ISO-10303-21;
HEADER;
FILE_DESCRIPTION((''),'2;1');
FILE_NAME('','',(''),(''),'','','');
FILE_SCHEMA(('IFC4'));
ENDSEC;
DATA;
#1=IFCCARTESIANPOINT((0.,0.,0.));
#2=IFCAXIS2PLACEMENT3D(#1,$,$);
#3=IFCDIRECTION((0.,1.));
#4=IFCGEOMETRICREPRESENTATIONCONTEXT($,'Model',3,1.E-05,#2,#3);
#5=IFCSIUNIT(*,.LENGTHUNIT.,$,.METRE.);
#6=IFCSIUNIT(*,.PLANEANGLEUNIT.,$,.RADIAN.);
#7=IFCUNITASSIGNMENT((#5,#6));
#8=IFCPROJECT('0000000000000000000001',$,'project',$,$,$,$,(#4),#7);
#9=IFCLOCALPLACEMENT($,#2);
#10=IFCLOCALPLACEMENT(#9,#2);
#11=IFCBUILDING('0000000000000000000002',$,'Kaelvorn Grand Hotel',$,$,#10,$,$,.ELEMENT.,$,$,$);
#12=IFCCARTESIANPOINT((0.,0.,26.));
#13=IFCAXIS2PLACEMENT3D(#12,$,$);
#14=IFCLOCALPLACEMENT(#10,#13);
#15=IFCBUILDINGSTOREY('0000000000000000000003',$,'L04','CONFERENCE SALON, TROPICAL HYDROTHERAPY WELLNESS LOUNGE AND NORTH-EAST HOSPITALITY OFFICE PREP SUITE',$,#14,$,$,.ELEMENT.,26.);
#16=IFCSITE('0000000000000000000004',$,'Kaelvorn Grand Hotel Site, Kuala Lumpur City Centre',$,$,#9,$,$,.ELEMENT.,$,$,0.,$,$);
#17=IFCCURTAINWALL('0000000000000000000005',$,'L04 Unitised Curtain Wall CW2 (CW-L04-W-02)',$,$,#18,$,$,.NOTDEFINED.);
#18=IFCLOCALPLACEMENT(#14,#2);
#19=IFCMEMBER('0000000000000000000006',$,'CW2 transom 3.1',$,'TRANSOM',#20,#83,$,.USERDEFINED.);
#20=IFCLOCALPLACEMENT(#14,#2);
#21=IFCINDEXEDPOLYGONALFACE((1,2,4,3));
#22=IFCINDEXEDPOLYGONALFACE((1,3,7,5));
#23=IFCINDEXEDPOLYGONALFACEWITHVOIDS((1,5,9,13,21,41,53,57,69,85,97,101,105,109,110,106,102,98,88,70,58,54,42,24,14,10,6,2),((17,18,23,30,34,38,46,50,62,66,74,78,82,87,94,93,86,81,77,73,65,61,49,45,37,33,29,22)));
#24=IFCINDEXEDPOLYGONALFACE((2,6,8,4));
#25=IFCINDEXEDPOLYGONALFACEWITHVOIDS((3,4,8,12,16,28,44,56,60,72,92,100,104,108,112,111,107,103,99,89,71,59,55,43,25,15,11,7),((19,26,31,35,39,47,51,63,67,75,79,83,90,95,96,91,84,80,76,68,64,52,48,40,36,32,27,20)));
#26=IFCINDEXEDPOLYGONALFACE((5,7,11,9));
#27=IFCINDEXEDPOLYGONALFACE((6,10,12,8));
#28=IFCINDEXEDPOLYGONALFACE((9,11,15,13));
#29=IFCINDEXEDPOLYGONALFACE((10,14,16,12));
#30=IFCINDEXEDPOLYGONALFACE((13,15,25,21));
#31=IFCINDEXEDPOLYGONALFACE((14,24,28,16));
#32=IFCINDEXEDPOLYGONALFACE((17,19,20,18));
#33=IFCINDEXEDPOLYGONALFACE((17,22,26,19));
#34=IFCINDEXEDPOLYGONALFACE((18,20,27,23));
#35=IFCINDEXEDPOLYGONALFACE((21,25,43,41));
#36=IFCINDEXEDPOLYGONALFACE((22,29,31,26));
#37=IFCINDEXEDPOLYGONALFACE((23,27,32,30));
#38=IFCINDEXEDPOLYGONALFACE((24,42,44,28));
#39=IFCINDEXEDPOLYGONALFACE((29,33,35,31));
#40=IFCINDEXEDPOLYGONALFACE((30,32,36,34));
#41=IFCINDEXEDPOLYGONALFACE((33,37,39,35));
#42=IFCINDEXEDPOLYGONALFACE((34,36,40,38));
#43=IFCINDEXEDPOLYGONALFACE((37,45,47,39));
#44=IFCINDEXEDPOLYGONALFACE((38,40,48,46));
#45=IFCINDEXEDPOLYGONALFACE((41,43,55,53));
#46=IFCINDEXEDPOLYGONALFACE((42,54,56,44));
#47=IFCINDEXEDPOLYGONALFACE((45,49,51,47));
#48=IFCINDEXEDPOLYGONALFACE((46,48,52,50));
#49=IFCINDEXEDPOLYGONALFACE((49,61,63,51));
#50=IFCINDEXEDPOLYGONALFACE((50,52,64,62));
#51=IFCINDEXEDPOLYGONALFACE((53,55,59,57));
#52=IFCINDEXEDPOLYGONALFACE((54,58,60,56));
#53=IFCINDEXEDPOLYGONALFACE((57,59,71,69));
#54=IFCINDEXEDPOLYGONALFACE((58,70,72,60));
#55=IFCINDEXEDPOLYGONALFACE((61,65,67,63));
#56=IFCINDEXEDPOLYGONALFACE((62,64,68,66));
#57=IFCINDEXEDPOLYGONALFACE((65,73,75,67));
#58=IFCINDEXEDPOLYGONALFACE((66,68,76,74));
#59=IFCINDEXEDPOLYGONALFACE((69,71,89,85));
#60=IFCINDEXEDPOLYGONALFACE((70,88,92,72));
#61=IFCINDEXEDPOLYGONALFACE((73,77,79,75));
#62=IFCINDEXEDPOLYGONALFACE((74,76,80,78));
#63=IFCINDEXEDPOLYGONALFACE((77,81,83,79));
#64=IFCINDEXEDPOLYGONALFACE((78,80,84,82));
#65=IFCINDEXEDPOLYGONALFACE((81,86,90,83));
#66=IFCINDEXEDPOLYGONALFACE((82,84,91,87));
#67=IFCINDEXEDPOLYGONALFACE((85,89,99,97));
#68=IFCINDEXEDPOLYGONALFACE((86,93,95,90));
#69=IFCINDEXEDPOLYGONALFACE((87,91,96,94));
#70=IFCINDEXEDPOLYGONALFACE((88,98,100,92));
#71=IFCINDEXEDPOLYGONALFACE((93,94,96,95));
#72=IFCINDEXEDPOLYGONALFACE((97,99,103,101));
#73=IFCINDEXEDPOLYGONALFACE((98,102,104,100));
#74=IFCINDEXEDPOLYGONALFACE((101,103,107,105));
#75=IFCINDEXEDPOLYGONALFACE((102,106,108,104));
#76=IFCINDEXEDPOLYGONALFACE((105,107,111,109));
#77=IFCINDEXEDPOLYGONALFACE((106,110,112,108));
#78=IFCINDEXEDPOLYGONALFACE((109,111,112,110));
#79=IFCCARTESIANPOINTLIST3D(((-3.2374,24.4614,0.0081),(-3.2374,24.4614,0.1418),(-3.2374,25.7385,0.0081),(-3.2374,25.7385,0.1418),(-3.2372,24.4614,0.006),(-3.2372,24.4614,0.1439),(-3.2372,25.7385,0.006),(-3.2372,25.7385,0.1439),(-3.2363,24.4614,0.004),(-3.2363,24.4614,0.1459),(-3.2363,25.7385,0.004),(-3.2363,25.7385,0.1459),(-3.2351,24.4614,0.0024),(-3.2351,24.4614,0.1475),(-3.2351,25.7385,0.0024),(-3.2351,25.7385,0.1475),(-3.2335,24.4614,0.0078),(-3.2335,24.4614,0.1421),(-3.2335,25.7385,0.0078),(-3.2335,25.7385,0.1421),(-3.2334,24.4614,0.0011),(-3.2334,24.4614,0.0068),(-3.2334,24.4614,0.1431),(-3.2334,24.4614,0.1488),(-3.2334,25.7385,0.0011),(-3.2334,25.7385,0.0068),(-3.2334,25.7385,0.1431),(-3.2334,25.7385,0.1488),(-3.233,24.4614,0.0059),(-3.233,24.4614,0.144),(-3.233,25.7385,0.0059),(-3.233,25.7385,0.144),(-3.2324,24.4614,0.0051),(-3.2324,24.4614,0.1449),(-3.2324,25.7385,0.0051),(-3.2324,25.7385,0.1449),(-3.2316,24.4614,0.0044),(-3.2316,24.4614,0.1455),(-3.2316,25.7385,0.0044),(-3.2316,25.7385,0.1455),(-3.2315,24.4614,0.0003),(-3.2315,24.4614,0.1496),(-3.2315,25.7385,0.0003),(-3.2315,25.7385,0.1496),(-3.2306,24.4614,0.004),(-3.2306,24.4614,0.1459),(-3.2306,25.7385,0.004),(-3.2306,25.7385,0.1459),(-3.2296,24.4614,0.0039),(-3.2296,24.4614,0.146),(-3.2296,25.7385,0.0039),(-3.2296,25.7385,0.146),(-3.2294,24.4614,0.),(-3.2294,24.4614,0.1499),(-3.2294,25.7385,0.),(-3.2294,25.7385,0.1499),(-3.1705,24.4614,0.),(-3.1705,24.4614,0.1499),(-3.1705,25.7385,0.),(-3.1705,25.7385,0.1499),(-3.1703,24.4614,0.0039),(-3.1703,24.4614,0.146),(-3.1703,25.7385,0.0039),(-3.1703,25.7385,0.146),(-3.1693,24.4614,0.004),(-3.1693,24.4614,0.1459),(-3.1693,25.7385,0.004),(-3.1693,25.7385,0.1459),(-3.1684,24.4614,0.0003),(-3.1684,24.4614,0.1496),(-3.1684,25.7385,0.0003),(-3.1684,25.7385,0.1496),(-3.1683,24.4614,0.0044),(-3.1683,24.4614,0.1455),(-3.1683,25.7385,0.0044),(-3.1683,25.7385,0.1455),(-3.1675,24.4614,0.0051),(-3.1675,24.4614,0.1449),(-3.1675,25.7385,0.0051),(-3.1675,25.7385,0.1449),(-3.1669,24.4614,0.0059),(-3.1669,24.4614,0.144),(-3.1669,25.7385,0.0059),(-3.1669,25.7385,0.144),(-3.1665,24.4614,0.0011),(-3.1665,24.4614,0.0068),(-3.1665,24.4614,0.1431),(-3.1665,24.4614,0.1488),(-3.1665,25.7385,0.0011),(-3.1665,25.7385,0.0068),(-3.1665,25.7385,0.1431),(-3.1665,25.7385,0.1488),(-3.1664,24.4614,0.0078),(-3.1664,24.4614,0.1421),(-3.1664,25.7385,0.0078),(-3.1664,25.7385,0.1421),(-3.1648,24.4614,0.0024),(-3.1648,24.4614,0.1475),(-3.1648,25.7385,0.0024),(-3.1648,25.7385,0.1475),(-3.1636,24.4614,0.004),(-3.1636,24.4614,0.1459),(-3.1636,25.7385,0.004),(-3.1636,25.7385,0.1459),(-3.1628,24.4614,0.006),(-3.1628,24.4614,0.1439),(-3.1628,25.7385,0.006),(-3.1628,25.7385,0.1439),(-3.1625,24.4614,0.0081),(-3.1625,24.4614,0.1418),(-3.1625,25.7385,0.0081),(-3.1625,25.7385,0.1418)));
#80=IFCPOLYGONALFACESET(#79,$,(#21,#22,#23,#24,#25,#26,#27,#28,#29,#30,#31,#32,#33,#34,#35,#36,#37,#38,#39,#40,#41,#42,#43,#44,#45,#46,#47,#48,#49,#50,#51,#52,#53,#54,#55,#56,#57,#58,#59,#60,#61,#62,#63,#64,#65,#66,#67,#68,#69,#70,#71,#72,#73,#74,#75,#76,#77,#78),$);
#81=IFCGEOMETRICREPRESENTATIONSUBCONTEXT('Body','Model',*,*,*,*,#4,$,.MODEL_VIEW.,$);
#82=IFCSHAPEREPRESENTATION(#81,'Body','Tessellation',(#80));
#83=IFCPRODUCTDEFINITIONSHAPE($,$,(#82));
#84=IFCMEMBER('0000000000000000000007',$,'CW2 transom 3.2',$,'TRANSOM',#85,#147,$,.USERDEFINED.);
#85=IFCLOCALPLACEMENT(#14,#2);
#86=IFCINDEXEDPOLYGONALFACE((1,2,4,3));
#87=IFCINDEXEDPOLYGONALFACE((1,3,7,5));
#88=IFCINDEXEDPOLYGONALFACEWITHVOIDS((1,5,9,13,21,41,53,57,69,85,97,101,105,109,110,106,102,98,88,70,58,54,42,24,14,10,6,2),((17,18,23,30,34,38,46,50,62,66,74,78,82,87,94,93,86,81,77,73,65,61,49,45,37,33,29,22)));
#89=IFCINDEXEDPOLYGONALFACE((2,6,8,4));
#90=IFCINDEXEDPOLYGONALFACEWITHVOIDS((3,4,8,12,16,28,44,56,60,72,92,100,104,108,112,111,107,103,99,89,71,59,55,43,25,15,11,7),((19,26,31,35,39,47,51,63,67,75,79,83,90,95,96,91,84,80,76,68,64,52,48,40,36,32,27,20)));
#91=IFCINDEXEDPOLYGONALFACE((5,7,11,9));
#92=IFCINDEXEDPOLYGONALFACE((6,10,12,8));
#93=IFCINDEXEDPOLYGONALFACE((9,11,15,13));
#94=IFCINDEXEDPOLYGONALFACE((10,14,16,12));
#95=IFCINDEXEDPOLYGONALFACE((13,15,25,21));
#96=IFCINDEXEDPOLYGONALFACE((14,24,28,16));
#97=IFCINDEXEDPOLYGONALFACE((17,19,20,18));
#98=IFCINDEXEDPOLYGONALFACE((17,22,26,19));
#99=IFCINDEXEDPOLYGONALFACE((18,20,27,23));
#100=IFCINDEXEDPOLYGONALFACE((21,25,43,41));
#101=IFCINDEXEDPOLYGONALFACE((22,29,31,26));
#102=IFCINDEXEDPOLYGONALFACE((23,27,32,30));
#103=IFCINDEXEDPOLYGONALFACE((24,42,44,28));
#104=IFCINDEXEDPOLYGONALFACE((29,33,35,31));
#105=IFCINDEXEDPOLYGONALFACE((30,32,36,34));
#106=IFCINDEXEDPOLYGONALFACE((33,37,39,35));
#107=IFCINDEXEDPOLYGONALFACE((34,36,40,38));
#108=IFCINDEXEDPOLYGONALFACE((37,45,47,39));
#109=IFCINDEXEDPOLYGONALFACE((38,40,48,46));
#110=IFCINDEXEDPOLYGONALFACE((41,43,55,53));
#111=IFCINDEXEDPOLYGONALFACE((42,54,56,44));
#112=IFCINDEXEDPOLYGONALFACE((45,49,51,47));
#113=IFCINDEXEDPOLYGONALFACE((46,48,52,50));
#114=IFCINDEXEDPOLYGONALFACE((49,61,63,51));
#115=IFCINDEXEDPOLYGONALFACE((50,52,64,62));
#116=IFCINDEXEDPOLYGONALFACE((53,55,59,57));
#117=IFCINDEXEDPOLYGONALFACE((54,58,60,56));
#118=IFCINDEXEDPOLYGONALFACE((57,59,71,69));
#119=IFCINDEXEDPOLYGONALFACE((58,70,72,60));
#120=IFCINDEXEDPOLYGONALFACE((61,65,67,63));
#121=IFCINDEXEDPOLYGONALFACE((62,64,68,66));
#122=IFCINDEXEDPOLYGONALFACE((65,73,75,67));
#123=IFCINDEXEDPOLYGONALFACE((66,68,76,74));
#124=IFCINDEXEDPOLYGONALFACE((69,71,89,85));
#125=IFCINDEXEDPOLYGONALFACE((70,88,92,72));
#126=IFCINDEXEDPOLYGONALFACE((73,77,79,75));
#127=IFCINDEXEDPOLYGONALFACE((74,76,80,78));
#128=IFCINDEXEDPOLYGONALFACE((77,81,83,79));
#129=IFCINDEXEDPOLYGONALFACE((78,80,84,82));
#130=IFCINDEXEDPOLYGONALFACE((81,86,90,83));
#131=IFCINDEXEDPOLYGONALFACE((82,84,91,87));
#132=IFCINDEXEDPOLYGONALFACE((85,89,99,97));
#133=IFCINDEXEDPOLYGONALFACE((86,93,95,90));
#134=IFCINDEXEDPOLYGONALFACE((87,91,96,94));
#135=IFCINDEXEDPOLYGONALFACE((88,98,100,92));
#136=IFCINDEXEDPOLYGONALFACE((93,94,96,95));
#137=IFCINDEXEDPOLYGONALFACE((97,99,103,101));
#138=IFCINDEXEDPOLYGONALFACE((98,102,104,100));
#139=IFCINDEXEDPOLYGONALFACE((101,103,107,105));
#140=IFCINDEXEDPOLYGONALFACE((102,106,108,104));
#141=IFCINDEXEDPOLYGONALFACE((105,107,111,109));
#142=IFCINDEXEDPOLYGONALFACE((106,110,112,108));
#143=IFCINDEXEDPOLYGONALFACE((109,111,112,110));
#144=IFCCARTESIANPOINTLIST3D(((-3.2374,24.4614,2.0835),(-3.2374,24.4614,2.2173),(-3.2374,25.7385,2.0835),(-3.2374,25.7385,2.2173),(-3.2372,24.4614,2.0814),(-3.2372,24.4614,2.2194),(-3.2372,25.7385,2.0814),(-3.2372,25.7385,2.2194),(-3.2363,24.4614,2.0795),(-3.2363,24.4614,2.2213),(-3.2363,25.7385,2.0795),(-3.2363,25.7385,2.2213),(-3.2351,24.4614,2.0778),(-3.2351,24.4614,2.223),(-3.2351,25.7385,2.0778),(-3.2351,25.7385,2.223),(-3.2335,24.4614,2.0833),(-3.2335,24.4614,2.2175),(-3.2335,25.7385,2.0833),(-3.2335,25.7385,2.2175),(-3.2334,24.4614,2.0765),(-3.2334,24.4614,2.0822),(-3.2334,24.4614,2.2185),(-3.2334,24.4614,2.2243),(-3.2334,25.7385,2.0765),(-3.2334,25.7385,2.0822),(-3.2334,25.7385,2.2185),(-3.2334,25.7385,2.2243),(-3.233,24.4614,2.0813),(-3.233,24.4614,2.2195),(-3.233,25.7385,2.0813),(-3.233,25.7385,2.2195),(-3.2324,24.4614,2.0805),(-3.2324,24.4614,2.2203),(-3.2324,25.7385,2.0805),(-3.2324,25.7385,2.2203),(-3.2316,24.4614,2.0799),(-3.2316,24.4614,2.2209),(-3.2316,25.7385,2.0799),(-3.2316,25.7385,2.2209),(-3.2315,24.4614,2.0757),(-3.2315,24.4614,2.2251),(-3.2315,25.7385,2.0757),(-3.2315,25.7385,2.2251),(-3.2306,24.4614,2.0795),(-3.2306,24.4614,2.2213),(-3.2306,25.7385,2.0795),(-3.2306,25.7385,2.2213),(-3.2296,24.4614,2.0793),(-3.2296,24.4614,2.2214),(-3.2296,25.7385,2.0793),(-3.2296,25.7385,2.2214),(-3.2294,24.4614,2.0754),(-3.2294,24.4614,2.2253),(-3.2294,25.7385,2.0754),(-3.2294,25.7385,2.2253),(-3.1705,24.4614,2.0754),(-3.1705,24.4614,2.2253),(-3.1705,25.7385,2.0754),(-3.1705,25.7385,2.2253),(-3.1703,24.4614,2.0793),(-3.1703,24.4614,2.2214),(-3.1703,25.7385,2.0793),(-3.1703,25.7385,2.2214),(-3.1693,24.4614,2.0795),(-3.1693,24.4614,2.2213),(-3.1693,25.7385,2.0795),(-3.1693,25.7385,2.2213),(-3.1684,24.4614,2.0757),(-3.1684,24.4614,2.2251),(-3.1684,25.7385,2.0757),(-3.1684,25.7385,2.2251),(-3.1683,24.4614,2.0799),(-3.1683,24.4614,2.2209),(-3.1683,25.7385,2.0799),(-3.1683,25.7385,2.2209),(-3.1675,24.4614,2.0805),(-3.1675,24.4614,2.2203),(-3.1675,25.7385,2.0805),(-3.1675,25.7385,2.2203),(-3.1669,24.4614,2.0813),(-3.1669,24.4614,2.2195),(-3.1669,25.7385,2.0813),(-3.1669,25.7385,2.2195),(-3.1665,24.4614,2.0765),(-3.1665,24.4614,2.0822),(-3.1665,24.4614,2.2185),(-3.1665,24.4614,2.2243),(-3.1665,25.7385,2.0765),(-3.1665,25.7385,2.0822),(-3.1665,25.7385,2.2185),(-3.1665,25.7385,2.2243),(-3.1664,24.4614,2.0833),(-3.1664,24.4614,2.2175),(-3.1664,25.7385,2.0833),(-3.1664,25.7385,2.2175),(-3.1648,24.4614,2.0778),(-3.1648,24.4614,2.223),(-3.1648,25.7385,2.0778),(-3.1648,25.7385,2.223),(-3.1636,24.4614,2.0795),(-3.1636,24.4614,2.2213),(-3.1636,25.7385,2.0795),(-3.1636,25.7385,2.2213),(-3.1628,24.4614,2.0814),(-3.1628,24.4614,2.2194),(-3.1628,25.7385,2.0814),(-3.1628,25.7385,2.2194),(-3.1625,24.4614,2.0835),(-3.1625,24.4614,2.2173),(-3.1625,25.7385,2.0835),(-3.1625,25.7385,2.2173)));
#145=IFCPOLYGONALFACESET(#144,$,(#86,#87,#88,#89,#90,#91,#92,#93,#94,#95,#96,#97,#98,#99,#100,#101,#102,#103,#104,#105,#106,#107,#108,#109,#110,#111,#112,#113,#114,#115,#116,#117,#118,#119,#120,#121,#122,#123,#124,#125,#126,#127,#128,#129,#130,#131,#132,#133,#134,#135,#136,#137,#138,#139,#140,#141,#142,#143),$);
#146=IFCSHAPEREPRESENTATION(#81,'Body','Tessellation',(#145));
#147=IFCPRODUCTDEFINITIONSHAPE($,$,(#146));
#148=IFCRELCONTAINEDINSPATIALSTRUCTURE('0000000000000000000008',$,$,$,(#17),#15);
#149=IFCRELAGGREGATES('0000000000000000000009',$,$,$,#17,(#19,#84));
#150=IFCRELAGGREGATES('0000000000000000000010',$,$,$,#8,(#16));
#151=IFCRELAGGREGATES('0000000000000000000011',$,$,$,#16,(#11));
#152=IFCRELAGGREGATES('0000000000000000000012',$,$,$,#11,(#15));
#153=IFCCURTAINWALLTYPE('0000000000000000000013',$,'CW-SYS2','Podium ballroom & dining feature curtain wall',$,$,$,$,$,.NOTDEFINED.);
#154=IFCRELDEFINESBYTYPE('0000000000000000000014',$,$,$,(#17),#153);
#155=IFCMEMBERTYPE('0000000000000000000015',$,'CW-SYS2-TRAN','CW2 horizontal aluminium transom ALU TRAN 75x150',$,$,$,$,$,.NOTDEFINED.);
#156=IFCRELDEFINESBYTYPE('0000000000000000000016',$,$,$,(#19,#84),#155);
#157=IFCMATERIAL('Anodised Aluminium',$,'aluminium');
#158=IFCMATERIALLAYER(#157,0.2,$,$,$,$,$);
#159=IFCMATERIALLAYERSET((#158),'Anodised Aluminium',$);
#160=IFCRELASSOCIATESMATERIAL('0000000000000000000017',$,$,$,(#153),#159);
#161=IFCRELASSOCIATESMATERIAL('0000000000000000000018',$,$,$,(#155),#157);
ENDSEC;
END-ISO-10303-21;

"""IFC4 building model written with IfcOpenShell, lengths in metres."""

from ifc_helpers import new_model, si_unit, direction, frame, origin, origin_2d, place, context, subcontext, project, spatial, hollow_rectangle, extrude, material, layer, layer_set, material_profile, profile_set, type_object, element, aggregate, save


model = new_model("IFC4")

# Units and contexts
model_context = context("Model", 3, precision=1e-05, world=origin(), true_north=direction((0.0, 1.0)))
body_context = subcontext(model_context, "Body", "Model", "MODEL_VIEW")
ifc_project = project(units=[si_unit("LENGTHUNIT", "METRE"), si_unit("PLANEANGLEUNIT", "RADIAN")], contexts=[model_context])

# Site, building, storey
site_placement = place(None, origin())
site = spatial("IfcSite", under=ifc_project, at=site_placement, Name="Kaelvorn Grand Hotel Site, Kuala Lumpur City Centre", CompositionType="ELEMENT", RefElevation=0.0)
building_placement = place(site_placement, origin())
building = spatial("IfcBuilding", under=site, at=building_placement, Name="Kaelvorn Grand Hotel", CompositionType="ELEMENT")
storey_placement = place(building_placement, frame((0.0, 0.0, 26.0)))
storey = spatial("IfcBuildingStorey", under=building, at=storey_placement, Name="L04", Description="CONFERENCE SALON, TROPICAL HYDROTHERAPY WELLNESS LOUNGE AND NORTH-EAST HOSPITALITY OFFICE PREP SUITE", CompositionType="ELEMENT", Elevation=26.0)

# Curtain wall
ifc_material_1 = material(Name="Anodised Aluminium", Category="aluminium")
ifc_layer_1 = layer(ifc_material_1, 0.2)
ifc_layer_set_1 = layer_set([ifc_layer_1], Name="Anodised Aluminium")
curtain_wall_type = type_object("IfcCurtainWallType", Name="CW-SYS2", Description="Podium ballroom & dining feature curtain wall", PredefinedType="NOTDEFINED", material=ifc_layer_set_1)
curtain_wall_1_placement = place(storey_placement, origin())
curtain_wall_1 = element("IfcCurtainWall", 1, at=curtain_wall_1_placement, inside=storey, type_object=curtain_wall_type, Name="L04 Unitised Curtain Wall CW2 (CW-L04-W-02)", PredefinedType="NOTDEFINED")

# Members
ifc_material_profile_1 = material_profile(ifc_material_1, hollow_rectangle(XDim=0.075, YDim=0.1499, WallThickness=0.0039, InnerFilletRadius=0.0039, OuterFilletRadius=0.0081, at=origin_2d()), Name="ALU TRAN 75x150")
ifc_profile_set_1 = profile_set([ifc_material_profile_1], Name="Anodised Aluminium")
member_type_1 = type_object("IfcMemberType", Name="CW-SYS2-TRAN", Description="CW2 horizontal aluminium transom ALU TRAN 75x150", PredefinedType="NOTDEFINED", material=ifc_profile_set_1)
member_1_placement = place(storey_placement, frame((-3.2, 25.7385, 0.075), z_axis=(0.0, -1.0, 0.0), x_axis=(1.0, 0.0, 0.0)))
member_1 = element("IfcMember", 2, at=member_1_placement, type_object=member_type_1, Name="CW2 transom 3.1", ObjectType="TRANSOM", PredefinedType="USERDEFINED", context=body_context, shape_type="SweptSolid", body=[
    extrude(hollow_rectangle(XDim=0.075, YDim=0.1499, WallThickness=0.0039, InnerFilletRadius=0.0039, OuterFilletRadius=0.0081, at=origin_2d()), origin(), (0.0, 0.0, 1.0), 1.2771),
])
member_2_placement = place(storey_placement, frame((-3.2, 25.7385, 2.1504), z_axis=(0.0, -1.0, 0.0), x_axis=(1.0, 0.0, 0.0)))
member_2 = element("IfcMember", 3, at=member_2_placement, type_object=member_type_1, Name="CW2 transom 3.2", ObjectType="TRANSOM", PredefinedType="USERDEFINED", context=body_context, shape_type="SweptSolid", body=[
    extrude(hollow_rectangle(XDim=0.075, YDim=0.1499, WallThickness=0.0039, InnerFilletRadius=0.0039, OuterFilletRadius=0.0081, at=origin_2d()), origin(), (0.0, 0.0, 1.0), 1.2771),
])

aggregate(curtain_wall_1, [member_1, member_2])

save(model, "model.ifc")
